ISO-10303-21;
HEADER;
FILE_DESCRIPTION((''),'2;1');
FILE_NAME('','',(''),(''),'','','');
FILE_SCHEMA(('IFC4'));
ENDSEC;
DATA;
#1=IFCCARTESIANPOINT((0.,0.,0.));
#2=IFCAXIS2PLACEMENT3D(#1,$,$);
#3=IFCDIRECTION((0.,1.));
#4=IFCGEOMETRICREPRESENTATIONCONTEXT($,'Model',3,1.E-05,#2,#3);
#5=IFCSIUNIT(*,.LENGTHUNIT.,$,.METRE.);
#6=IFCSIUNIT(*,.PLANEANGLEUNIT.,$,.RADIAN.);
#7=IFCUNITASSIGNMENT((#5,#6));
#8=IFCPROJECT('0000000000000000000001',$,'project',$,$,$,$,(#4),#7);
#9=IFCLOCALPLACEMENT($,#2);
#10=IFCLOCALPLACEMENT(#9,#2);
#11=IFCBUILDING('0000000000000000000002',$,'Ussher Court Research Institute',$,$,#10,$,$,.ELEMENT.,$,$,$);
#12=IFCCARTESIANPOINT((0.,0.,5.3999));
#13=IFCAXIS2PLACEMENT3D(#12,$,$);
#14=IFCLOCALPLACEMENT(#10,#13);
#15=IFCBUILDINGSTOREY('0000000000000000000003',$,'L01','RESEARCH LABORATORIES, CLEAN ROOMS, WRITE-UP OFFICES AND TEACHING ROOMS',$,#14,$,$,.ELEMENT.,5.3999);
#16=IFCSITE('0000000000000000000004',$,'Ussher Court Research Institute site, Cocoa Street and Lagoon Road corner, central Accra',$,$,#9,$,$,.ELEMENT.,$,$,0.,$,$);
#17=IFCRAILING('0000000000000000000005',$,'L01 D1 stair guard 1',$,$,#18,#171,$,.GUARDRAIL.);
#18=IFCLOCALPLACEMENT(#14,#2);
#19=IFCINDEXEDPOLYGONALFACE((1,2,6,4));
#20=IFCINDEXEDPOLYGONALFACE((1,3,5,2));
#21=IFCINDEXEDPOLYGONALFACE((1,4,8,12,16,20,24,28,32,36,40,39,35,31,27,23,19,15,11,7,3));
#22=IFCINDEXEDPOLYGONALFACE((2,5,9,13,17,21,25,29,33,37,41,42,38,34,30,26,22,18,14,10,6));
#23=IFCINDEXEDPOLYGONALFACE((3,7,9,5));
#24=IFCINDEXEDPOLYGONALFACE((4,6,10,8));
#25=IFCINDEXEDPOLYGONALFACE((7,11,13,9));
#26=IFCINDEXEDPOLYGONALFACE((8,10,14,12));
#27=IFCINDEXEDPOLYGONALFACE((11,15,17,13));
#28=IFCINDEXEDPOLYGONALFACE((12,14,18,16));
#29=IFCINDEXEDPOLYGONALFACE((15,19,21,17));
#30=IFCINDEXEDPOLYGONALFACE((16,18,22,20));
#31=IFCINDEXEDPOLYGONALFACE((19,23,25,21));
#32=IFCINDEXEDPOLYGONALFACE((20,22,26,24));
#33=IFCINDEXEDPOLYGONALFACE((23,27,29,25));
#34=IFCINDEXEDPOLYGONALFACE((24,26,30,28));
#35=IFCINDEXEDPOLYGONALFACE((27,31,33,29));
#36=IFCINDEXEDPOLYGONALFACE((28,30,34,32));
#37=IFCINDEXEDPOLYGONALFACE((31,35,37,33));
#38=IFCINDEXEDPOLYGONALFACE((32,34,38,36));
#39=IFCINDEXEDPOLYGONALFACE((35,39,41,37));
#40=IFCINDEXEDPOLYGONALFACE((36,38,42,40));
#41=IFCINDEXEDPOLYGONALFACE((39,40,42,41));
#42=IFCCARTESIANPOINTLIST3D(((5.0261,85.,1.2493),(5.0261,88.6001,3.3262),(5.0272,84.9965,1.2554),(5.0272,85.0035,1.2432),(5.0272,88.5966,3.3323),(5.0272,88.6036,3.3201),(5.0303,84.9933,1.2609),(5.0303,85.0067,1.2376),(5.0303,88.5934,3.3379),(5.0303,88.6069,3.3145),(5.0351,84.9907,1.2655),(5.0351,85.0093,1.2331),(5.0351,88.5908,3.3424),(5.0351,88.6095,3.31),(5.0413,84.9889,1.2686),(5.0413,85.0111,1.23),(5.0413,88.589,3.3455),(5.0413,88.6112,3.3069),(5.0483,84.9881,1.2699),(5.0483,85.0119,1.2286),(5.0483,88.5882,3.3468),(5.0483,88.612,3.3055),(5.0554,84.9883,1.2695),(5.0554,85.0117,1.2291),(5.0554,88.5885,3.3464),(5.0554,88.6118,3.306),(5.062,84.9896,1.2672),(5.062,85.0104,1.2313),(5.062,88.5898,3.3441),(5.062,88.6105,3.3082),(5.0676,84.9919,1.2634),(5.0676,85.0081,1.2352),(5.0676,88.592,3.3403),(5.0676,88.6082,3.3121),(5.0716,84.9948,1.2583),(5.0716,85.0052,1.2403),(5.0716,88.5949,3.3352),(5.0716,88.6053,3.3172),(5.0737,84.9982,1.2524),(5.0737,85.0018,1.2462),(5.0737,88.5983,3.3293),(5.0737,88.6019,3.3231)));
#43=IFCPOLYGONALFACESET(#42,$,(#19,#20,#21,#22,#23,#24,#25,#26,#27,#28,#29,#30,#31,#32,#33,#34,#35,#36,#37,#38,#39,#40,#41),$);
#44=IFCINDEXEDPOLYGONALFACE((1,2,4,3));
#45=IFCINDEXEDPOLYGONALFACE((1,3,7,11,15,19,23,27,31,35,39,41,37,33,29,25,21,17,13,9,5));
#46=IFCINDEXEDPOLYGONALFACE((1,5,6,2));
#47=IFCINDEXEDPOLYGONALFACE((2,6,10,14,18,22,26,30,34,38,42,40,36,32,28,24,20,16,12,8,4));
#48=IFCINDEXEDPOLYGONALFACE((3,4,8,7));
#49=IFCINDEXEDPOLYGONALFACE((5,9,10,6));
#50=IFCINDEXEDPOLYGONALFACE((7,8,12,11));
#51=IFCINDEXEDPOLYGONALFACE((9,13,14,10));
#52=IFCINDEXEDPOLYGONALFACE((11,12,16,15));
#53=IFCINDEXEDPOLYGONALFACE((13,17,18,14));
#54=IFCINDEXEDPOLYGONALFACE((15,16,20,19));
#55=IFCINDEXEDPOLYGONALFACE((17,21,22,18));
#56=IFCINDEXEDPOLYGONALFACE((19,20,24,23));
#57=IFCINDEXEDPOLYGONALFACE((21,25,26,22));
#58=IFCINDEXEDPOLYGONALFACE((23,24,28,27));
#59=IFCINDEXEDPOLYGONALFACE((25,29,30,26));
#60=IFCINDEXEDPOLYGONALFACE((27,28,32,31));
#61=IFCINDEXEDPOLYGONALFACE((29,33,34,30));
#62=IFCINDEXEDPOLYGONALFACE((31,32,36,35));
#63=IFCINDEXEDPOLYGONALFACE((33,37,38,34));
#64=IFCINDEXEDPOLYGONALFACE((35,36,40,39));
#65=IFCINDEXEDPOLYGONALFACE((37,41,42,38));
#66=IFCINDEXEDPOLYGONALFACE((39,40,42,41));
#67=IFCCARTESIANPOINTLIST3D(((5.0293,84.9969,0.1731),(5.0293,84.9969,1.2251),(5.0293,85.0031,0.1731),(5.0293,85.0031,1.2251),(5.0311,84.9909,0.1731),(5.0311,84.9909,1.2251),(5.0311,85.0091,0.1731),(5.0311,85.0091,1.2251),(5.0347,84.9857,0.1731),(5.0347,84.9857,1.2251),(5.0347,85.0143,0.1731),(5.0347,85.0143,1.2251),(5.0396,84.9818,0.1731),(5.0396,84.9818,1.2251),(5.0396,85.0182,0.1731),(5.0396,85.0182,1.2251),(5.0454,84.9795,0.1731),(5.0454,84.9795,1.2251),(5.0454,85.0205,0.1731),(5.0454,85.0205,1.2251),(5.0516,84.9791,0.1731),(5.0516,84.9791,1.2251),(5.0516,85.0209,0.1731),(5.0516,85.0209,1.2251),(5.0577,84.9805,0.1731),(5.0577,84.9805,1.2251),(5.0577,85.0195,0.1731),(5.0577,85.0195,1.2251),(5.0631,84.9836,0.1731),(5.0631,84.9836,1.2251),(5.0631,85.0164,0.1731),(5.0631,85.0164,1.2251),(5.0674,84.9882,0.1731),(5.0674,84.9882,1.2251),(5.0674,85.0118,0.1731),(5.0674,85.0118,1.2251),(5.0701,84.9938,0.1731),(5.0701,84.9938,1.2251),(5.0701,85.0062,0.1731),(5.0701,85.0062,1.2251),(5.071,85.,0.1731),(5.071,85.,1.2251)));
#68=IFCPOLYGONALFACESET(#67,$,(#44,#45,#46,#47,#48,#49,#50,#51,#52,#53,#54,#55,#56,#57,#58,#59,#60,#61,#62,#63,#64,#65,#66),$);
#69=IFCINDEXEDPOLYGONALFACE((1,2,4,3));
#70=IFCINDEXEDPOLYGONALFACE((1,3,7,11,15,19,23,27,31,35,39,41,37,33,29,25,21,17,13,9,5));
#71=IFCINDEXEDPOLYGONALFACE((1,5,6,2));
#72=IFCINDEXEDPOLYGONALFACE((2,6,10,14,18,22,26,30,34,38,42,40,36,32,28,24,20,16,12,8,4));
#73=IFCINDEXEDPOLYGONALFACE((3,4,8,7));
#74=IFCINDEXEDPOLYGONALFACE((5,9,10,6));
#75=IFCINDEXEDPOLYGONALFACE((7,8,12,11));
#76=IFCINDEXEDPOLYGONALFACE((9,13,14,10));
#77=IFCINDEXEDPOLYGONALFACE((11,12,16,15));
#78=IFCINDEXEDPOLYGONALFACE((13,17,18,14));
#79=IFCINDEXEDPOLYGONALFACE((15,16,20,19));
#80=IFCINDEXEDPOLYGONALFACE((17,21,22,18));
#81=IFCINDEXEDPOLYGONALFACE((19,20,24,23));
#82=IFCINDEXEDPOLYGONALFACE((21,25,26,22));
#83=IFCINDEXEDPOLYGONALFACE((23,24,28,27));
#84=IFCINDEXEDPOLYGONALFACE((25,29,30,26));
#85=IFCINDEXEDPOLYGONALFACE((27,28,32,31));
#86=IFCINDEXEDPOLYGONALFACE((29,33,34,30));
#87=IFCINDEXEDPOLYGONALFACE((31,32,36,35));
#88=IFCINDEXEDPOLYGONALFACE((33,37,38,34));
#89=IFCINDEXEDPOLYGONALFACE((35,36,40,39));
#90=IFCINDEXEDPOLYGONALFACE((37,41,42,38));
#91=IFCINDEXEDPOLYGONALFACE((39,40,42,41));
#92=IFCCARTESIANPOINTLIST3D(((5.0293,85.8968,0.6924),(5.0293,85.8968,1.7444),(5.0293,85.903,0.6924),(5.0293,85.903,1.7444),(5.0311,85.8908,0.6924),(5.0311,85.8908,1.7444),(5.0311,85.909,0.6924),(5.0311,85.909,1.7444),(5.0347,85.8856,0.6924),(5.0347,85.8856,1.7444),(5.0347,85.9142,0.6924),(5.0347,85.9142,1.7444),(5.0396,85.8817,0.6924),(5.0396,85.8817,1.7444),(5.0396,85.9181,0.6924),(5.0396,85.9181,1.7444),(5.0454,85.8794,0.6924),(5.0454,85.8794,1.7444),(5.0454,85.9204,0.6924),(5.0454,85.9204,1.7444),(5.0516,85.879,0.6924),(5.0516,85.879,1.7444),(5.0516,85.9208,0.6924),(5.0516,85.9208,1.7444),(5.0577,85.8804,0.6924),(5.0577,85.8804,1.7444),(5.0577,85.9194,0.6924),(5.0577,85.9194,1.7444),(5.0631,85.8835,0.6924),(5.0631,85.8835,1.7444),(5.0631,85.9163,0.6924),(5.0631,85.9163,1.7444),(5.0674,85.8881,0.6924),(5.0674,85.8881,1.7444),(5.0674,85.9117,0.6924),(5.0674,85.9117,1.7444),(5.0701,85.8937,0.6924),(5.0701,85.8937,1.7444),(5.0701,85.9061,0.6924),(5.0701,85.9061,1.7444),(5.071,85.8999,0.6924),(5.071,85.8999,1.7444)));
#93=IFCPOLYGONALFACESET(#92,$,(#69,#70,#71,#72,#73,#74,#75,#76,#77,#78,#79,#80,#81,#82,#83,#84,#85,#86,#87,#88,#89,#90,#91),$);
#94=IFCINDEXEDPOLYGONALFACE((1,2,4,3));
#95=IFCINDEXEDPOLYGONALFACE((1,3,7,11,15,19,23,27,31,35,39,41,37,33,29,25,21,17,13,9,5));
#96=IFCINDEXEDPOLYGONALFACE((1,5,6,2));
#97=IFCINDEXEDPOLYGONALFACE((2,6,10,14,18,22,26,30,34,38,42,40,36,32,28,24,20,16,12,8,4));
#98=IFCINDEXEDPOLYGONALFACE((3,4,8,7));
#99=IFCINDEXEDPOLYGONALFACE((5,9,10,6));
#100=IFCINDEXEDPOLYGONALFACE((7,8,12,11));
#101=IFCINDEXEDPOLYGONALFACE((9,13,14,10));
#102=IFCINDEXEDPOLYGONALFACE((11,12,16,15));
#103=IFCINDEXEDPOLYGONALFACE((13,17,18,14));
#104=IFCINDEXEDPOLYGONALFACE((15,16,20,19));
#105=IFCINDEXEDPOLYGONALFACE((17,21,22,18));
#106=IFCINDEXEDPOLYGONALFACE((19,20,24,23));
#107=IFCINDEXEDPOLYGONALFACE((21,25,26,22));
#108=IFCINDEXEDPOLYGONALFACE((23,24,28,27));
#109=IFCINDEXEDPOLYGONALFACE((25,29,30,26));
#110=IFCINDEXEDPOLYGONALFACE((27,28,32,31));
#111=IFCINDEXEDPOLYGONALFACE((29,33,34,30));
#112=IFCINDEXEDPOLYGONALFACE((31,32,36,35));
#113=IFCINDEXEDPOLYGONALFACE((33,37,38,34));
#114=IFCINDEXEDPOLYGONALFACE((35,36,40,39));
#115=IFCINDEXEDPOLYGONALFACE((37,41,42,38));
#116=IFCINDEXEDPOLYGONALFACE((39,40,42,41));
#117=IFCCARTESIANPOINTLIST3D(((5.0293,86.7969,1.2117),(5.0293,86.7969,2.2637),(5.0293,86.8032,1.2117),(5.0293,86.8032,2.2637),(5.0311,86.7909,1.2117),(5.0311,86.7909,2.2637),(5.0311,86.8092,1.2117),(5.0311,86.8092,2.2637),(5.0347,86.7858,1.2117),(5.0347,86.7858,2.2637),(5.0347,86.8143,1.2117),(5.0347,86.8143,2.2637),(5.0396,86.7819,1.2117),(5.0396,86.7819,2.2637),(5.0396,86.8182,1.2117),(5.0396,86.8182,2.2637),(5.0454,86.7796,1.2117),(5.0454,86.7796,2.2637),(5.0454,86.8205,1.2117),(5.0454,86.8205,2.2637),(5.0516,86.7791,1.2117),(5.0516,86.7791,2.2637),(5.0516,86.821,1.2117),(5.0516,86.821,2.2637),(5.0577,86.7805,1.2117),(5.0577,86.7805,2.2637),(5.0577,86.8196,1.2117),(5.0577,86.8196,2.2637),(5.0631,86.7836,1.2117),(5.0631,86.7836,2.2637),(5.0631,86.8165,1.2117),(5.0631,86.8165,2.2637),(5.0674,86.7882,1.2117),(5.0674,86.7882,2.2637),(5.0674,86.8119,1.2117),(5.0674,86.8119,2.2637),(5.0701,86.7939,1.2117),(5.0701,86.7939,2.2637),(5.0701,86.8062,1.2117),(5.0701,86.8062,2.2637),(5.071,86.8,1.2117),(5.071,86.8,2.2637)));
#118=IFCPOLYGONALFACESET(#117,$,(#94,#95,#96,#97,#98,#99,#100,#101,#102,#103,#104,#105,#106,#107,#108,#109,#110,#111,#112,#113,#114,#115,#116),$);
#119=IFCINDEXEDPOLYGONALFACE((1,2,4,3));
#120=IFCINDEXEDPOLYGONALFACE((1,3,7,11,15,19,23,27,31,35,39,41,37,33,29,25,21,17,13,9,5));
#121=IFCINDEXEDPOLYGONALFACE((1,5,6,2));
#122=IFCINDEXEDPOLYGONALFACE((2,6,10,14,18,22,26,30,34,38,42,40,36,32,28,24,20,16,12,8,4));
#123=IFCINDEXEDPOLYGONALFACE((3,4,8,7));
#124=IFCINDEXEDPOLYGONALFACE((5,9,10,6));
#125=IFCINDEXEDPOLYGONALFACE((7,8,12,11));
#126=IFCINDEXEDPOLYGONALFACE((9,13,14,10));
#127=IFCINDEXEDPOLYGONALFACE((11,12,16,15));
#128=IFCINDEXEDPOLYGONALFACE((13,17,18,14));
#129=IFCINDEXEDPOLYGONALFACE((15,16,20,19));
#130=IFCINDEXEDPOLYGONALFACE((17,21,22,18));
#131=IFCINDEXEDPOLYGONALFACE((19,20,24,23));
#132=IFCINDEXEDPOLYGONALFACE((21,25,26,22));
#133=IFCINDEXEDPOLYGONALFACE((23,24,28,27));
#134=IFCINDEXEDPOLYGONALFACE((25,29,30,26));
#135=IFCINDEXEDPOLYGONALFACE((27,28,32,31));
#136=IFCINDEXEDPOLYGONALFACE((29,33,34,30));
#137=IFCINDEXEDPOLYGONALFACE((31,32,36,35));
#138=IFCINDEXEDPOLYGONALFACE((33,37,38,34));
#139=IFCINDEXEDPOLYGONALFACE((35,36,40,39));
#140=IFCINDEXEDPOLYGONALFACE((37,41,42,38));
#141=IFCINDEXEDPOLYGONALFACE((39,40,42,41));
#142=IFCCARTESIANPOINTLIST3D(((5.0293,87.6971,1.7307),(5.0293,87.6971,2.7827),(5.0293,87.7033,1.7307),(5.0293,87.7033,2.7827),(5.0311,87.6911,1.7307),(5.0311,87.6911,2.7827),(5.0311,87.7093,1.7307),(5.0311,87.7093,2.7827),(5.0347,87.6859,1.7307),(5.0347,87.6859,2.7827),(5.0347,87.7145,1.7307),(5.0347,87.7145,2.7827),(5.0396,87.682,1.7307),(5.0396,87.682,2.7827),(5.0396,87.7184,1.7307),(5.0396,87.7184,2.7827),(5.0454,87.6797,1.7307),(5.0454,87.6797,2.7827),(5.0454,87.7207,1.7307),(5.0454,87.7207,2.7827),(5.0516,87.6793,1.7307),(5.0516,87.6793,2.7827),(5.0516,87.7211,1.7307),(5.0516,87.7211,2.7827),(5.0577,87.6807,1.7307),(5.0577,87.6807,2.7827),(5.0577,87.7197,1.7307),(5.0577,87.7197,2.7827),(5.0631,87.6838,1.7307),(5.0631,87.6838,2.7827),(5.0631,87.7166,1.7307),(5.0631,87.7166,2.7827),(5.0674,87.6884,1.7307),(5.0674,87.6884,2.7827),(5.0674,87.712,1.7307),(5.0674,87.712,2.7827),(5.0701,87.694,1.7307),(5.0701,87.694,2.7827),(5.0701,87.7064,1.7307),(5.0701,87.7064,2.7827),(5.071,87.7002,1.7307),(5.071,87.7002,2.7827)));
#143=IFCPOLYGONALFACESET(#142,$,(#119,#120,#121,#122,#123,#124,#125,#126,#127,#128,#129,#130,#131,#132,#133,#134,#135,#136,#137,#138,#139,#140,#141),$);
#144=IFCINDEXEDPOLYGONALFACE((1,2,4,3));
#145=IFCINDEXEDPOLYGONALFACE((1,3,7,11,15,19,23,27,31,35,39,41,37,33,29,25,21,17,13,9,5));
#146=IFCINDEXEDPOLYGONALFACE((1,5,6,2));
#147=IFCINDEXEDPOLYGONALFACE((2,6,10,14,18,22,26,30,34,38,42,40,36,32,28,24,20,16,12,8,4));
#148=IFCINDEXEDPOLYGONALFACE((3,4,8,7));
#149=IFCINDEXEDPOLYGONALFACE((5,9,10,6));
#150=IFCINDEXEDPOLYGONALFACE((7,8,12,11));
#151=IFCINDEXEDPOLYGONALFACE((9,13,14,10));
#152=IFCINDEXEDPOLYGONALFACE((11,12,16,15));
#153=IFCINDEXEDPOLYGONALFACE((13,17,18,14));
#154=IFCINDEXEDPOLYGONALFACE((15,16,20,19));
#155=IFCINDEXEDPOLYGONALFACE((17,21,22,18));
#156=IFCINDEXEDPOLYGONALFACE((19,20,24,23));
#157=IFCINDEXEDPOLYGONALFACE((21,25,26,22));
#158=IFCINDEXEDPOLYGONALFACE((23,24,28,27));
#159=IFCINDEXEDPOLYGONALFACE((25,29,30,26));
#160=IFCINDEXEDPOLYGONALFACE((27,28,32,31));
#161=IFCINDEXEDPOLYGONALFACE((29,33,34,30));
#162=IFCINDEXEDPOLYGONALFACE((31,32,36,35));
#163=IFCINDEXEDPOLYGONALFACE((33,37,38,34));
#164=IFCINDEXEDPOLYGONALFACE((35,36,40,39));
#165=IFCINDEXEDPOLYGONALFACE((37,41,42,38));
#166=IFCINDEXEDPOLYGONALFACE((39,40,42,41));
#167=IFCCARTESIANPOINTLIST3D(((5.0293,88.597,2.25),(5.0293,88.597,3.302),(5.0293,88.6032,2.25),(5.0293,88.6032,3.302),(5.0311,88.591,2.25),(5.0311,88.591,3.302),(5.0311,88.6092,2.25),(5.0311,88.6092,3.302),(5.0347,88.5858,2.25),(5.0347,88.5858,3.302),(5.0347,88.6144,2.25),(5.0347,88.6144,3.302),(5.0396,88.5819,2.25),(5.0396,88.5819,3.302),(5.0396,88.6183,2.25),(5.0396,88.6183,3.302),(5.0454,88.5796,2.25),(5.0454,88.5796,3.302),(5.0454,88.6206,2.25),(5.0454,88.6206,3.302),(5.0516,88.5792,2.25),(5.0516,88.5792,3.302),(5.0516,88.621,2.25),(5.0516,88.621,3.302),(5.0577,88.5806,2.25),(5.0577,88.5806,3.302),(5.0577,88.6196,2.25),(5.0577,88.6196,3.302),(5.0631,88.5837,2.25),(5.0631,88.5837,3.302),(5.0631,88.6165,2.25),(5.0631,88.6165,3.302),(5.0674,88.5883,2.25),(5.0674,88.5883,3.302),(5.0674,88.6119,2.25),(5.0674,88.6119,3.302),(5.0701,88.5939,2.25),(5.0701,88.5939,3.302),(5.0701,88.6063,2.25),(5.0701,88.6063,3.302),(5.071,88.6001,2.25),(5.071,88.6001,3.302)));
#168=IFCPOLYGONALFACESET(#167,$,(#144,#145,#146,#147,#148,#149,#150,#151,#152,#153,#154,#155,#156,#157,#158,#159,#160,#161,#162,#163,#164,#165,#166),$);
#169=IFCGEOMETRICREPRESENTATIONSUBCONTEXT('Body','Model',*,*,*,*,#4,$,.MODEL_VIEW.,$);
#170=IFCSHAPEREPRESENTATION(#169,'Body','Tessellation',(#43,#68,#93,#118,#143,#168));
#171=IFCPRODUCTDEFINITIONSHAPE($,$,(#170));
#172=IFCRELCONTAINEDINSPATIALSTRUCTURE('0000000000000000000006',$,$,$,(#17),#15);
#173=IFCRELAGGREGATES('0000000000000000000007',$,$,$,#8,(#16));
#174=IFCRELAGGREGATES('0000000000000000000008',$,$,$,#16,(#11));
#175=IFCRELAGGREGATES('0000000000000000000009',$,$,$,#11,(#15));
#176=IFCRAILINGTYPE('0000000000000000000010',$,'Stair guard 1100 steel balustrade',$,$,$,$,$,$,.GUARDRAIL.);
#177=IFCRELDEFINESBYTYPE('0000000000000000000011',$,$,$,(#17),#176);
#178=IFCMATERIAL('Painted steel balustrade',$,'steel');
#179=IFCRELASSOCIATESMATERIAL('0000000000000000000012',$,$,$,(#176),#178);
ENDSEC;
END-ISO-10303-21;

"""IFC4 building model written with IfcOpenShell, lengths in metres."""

from ifc_helpers import new_model, si_unit, direction, frame, origin, origin_2d, place, context, subcontext, project, spatial, circle, extrude, material, type_object, element, save


model = new_model("IFC4")

# Units and contexts
model_context = context("Model", 3, precision=1e-05, world=origin(), true_north=direction((0.0, 1.0)))
body_context = subcontext(model_context, "Body", "Model", "MODEL_VIEW")
ifc_project = project(units=[si_unit("LENGTHUNIT", "METRE"), si_unit("PLANEANGLEUNIT", "RADIAN")], contexts=[model_context])

# Site, building, storey
site_placement = place(None, origin())
site = spatial("IfcSite", under=ifc_project, at=site_placement, Name="Ussher Court Research Institute site, Cocoa Street and Lagoon Road corner, central Accra", CompositionType="ELEMENT", RefElevation=0.0)
building_placement = place(site_placement, origin())
building = spatial("IfcBuilding", under=site, at=building_placement, Name="Ussher Court Research Institute", CompositionType="ELEMENT")
storey_placement = place(building_placement, frame((0.0, 0.0, 5.3999)))
storey = spatial("IfcBuildingStorey", under=building, at=storey_placement, Name="L01", Description="RESEARCH LABORATORIES, CLEAN ROOMS, WRITE-UP OFFICES AND TEACHING ROOMS", CompositionType="ELEMENT", Elevation=5.3999)

# Railing
ifc_material_1 = material(Name="Painted steel balustrade", Category="steel")
railing_type = type_object("IfcRailingType", Name="Stair guard 1100 steel balustrade", PredefinedType="GUARDRAIL", material=ifc_material_1)
railing_1_placement = place(storey_placement, frame((5.05, 85.0, 0.1731)))
element("IfcRailing", 1, at=railing_1_placement, inside=storey, type_object=railing_type, Name="L01 D1 stair guard 1", PredefinedType="GUARDRAIL", context=body_context, shape_type="SweptSolid", body=[
    extrude(circle(Radius=0.0239, at=origin_2d()), frame((0.0, 0.0, 1.0762), z_axis=(0.0, 0.866193, 0.499709), x_axis=(-1.0, 0.0, 0.0)), (0.0, 0.0, 1.0), 4.1562),
    extrude(circle(Radius=0.021, at=origin_2d()), origin(), (0.0, 0.0, 1.0), 1.052),
    extrude(circle(Radius=0.021, at=origin_2d()), frame((0.0, 0.8999, 0.5193)), (0.0, 0.0, 1.0), 1.052),
    extrude(circle(Radius=0.021, at=origin_2d()), frame((0.0, 1.8, 1.0386)), (0.0, 0.0, 1.0), 1.052),
    extrude(circle(Radius=0.021, at=origin_2d()), frame((0.0, 2.7002, 1.5576)), (0.0, 0.0, 1.0), 1.052),
    extrude(circle(Radius=0.021, at=origin_2d()), frame((0.0, 3.6001, 2.0769)), (0.0, 0.0, 1.0), 1.052),
])

save(model, "model.ifc")
